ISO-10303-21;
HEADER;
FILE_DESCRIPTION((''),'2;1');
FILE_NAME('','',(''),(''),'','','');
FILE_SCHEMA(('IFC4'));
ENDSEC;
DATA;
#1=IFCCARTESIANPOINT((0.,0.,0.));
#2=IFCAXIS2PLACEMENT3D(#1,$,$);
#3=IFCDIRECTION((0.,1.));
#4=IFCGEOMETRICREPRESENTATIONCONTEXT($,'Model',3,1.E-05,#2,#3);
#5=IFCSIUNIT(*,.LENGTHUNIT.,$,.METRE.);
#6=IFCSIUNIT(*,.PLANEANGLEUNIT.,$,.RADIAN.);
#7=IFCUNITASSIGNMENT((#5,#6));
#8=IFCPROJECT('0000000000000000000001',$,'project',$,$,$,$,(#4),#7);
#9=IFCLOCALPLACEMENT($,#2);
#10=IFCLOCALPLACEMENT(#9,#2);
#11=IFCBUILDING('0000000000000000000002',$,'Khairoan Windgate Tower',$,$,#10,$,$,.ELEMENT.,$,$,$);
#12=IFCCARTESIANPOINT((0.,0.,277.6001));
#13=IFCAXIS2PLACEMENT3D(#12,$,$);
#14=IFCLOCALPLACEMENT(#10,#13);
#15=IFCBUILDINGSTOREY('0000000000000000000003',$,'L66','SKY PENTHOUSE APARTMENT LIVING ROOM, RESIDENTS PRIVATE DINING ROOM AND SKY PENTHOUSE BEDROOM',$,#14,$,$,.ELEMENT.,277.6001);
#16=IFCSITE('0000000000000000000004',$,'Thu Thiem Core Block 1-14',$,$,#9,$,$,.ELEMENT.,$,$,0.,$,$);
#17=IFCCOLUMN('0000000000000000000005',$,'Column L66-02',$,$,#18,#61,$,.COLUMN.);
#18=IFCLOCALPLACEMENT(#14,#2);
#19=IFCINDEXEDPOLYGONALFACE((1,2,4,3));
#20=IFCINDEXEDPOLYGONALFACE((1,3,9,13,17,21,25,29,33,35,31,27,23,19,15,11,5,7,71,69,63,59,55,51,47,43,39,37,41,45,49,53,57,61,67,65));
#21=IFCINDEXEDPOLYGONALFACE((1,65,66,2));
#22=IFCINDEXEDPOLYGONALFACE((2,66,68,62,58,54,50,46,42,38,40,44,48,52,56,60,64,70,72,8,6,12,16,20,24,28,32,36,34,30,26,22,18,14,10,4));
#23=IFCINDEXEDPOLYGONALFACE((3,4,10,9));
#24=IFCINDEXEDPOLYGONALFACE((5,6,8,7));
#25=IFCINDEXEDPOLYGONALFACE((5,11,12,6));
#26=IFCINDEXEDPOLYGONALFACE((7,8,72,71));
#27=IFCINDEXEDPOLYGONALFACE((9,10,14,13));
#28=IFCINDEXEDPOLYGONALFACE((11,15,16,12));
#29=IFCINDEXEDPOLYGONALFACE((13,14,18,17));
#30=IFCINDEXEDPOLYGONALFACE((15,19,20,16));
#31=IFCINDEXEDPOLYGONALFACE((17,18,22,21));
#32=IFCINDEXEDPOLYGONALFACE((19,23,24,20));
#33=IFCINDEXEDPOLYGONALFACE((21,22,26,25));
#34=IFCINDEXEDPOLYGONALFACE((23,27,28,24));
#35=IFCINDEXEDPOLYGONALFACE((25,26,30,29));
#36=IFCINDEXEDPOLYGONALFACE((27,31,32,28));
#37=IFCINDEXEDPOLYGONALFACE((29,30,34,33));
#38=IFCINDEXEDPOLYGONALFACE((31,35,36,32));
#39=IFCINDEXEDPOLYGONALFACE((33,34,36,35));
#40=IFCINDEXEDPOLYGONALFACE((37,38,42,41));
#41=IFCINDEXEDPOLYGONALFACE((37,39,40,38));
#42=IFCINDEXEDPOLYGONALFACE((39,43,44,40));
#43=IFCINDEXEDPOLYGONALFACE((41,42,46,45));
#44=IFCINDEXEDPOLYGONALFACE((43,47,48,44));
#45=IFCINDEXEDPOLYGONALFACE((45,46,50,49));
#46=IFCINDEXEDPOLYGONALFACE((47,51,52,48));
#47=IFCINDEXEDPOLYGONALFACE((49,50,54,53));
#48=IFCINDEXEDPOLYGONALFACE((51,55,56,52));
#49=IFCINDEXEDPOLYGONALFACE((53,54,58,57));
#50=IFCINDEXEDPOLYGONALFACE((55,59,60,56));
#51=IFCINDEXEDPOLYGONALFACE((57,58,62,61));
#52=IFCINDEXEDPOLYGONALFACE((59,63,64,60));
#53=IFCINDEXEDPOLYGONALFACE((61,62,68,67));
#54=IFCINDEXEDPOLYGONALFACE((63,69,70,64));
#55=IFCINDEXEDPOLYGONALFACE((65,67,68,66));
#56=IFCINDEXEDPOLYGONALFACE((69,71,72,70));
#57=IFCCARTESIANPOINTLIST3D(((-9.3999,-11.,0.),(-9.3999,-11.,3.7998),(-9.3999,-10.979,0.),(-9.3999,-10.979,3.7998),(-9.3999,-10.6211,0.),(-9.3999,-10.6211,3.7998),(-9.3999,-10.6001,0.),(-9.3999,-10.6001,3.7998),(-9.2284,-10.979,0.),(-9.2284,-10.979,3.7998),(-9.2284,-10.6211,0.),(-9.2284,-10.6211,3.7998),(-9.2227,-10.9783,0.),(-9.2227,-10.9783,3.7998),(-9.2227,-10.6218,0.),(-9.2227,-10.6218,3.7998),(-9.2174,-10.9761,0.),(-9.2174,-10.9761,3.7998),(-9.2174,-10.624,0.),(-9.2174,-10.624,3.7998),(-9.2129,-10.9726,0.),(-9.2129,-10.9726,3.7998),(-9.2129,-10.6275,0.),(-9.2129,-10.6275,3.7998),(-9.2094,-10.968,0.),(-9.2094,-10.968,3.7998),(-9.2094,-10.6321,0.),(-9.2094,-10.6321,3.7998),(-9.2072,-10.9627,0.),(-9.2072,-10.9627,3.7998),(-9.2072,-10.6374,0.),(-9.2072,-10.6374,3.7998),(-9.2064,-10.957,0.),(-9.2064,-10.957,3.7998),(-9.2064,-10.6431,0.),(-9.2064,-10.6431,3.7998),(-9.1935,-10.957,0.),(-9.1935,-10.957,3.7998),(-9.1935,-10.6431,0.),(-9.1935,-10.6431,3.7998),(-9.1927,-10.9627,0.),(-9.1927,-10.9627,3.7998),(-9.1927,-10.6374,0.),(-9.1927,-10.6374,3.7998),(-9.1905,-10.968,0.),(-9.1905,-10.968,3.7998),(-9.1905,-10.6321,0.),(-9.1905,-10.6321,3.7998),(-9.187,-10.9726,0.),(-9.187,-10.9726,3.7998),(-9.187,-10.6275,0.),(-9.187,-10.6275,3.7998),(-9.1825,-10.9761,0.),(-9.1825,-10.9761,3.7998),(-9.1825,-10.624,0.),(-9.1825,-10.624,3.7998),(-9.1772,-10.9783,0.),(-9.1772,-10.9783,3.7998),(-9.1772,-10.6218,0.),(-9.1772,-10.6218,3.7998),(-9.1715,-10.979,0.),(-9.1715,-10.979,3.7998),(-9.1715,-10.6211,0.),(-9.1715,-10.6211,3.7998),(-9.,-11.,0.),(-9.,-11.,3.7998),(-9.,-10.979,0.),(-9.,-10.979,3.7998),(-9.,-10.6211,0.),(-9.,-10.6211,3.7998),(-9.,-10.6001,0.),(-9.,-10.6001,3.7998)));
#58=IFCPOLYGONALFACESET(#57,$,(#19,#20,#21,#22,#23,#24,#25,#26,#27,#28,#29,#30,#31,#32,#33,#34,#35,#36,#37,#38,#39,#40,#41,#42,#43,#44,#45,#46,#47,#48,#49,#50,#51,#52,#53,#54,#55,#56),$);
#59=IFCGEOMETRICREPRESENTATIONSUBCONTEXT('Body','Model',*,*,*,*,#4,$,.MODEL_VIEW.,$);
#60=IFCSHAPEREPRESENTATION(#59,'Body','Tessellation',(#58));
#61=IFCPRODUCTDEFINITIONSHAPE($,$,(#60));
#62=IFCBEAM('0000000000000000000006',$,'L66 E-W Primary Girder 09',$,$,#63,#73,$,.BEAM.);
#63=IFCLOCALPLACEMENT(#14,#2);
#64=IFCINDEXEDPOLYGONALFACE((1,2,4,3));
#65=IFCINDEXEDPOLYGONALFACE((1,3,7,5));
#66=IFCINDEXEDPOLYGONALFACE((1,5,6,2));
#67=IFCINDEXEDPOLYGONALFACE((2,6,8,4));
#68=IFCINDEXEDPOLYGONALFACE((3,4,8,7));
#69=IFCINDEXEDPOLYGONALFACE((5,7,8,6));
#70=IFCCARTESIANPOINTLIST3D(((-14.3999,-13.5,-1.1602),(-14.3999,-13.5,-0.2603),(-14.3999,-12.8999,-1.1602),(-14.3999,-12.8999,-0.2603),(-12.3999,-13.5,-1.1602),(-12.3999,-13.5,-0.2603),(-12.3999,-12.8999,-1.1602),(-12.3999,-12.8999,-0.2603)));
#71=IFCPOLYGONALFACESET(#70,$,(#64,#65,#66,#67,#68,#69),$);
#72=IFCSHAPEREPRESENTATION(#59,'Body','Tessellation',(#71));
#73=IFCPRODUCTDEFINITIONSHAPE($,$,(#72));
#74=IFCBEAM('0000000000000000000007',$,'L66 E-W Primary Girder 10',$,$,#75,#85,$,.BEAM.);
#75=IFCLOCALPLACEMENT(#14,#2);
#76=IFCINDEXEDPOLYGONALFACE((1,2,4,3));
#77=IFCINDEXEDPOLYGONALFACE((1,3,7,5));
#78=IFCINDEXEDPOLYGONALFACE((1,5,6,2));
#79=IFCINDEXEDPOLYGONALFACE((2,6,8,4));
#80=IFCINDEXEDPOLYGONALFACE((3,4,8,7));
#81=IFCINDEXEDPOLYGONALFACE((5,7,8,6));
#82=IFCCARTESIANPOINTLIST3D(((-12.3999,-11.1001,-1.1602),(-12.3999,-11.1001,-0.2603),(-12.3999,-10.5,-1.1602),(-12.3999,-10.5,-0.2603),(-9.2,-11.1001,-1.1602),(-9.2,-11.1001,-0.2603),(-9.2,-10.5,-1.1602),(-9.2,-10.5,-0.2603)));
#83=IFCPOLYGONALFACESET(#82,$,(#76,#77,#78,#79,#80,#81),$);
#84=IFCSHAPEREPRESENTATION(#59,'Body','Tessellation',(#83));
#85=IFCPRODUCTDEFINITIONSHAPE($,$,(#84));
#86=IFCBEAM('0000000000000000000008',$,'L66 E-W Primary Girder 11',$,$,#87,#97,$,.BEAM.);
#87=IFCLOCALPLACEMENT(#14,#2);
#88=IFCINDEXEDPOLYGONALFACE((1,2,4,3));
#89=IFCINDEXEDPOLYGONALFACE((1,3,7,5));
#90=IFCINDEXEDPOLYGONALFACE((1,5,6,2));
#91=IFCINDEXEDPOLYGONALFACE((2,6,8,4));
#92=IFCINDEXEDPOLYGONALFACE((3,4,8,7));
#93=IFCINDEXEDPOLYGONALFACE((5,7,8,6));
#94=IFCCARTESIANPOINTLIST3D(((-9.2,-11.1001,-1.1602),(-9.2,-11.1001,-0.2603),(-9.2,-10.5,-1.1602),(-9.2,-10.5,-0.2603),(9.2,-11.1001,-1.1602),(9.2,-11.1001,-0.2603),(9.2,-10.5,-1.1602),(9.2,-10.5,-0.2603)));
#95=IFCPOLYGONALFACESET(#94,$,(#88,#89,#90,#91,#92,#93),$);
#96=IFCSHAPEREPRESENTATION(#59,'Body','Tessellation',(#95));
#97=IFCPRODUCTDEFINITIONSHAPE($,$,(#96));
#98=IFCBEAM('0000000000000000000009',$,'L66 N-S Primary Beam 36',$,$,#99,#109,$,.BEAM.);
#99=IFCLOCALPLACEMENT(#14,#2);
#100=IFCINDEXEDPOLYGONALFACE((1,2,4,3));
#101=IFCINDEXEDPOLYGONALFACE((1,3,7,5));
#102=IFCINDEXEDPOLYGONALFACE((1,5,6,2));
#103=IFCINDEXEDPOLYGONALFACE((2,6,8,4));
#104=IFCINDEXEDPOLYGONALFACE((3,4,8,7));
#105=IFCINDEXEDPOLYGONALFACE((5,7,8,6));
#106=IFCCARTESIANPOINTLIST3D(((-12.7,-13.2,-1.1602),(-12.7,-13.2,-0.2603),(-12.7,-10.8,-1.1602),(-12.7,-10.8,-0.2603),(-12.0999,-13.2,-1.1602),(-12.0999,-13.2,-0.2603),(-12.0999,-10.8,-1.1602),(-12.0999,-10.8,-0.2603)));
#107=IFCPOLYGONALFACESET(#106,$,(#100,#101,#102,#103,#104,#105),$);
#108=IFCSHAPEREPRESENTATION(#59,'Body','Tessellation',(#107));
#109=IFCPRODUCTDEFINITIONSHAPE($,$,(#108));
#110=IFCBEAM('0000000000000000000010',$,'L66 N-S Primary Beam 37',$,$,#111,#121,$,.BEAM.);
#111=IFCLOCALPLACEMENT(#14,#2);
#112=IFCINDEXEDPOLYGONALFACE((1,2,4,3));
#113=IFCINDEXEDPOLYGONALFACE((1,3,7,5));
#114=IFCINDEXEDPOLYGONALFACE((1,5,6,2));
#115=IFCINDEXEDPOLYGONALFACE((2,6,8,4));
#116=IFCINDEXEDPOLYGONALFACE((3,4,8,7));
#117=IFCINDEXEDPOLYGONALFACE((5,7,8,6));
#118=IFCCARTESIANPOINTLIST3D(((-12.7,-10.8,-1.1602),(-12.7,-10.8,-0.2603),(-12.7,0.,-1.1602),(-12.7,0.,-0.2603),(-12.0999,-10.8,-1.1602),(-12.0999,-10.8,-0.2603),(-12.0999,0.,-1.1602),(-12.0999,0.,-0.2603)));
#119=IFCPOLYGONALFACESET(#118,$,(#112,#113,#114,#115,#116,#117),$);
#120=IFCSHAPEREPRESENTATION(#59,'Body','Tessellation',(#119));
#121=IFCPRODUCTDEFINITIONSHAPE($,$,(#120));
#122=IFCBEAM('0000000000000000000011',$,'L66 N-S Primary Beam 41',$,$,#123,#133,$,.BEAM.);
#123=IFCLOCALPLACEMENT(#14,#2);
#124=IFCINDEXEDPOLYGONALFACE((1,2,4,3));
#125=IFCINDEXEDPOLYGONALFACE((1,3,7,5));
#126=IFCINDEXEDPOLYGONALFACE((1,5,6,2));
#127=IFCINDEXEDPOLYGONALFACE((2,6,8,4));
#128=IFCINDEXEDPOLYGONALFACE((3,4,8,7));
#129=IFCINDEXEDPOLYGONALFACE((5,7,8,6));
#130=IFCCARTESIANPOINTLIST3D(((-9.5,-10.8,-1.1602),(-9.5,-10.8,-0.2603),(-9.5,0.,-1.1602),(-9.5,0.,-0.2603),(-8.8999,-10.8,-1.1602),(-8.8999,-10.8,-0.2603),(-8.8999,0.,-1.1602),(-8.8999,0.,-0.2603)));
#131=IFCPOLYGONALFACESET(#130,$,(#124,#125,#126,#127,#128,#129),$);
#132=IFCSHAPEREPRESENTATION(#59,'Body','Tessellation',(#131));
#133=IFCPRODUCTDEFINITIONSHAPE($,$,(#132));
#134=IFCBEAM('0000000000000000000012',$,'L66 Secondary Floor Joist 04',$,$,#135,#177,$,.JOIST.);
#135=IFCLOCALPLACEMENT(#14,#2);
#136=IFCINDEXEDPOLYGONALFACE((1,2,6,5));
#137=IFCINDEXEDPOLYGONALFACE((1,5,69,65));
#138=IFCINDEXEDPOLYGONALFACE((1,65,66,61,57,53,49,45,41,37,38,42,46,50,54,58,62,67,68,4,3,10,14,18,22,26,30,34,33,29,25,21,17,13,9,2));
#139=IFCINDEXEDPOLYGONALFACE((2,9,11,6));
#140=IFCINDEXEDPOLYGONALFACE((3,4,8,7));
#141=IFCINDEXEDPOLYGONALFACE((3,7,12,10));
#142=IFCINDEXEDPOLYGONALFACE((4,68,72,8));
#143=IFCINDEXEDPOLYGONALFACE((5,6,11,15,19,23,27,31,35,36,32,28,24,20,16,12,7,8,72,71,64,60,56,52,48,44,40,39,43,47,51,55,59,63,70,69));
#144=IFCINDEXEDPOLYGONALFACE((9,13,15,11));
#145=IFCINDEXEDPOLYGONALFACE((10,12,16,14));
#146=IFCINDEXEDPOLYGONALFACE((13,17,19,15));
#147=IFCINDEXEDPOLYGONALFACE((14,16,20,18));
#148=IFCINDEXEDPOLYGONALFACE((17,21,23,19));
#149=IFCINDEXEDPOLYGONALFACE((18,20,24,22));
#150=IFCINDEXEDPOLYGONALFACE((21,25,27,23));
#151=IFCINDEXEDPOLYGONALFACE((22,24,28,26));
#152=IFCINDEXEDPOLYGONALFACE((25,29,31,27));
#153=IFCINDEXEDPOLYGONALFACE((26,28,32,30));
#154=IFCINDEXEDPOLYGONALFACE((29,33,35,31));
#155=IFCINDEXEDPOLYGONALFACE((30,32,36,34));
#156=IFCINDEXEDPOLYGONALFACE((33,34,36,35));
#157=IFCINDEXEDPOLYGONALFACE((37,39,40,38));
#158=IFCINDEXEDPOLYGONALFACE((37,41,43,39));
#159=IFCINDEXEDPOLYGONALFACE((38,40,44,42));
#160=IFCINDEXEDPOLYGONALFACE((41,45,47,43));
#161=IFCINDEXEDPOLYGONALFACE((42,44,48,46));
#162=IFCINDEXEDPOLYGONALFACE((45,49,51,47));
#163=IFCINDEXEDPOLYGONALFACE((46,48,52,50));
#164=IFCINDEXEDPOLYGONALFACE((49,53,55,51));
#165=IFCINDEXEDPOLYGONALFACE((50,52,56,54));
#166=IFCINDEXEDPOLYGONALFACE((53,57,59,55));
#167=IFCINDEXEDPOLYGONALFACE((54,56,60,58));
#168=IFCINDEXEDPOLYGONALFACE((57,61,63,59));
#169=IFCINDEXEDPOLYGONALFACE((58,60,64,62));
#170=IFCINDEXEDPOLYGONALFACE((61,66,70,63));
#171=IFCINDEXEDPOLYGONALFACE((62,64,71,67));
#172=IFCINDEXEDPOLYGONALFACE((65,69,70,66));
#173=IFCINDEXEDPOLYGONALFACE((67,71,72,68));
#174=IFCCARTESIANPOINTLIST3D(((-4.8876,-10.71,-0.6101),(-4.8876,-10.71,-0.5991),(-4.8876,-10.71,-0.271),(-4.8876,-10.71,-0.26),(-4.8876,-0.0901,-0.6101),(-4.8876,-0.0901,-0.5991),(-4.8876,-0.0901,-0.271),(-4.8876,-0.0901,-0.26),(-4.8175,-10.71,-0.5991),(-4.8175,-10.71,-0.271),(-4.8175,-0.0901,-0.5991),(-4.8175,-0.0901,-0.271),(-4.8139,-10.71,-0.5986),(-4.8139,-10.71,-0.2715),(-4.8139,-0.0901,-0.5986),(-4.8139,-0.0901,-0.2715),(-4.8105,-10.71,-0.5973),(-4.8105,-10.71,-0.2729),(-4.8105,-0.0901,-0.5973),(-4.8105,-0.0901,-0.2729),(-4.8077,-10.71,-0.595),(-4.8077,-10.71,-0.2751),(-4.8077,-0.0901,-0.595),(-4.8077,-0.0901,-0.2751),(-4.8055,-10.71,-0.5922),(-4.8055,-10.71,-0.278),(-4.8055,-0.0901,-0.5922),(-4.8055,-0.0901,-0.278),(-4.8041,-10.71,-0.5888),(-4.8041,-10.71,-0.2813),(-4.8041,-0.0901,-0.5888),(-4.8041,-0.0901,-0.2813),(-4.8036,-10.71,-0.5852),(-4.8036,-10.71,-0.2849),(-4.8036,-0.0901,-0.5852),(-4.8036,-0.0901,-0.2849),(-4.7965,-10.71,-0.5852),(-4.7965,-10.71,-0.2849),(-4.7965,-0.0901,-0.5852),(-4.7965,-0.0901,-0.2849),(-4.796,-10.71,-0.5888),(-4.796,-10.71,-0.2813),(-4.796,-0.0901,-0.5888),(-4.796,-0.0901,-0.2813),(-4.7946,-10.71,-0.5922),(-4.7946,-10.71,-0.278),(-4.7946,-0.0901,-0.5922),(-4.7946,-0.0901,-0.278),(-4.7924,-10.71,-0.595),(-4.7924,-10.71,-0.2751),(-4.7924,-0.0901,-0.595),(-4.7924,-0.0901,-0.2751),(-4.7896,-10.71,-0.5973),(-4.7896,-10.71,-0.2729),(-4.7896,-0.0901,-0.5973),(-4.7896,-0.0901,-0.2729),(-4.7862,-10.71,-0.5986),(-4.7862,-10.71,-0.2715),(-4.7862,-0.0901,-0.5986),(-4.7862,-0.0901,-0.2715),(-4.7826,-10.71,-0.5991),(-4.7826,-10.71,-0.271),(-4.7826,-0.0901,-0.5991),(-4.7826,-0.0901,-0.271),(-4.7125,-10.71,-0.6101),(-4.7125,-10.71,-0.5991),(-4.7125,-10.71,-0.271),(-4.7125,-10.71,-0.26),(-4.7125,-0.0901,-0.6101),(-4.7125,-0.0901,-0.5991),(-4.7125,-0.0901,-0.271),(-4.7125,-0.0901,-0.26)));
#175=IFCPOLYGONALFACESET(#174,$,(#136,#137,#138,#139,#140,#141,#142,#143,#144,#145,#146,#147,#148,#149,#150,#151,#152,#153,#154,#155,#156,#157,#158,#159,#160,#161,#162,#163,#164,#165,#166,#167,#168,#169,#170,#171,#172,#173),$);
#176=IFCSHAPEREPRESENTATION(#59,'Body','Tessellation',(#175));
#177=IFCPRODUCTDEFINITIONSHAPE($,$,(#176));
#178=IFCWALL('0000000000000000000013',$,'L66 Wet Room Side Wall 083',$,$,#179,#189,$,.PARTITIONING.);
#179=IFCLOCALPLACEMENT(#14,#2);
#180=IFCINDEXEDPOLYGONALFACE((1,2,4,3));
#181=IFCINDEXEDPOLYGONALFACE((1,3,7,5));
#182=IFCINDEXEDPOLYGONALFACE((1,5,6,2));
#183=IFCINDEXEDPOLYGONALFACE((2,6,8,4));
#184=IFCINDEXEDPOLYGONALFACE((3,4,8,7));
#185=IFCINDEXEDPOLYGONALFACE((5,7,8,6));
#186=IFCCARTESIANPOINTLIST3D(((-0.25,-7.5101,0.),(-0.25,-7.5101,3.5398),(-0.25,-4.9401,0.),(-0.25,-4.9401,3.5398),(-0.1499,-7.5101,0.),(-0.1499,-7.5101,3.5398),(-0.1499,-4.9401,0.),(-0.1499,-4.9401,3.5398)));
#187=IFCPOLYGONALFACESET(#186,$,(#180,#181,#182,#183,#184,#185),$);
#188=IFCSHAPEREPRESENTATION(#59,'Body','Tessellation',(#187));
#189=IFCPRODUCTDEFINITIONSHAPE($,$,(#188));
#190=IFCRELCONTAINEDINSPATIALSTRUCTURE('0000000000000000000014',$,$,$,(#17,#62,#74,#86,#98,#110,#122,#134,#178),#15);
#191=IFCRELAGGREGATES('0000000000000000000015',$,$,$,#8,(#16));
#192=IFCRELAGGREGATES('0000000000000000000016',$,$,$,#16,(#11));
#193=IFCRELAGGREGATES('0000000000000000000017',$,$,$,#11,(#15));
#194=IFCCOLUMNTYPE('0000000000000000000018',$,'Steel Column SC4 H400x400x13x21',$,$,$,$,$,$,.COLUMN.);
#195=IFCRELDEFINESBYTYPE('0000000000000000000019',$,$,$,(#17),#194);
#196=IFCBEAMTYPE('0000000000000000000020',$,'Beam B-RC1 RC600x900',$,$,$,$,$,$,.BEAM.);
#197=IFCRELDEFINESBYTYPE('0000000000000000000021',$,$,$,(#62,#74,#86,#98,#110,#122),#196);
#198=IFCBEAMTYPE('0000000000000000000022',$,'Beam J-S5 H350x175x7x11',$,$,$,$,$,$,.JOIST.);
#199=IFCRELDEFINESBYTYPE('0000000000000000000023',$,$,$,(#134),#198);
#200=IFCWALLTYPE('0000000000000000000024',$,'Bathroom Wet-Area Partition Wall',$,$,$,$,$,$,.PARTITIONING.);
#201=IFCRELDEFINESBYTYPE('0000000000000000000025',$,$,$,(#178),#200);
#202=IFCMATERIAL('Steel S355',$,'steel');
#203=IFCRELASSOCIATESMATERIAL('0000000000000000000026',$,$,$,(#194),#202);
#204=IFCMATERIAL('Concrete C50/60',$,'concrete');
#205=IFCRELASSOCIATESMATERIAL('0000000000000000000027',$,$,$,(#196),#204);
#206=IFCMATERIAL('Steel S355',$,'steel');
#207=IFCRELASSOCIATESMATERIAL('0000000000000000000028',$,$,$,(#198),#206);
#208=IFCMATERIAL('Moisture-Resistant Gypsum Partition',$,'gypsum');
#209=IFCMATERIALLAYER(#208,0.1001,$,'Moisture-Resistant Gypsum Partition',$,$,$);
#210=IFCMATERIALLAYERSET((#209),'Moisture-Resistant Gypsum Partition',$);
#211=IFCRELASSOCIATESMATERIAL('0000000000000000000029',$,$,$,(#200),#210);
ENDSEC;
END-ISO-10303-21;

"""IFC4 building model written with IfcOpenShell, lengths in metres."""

from ifc_helpers import new_model, si_unit, direction, frame, frame_2d, origin, origin_2d, place, context, subcontext, project, spatial, rectangle, i_section, extrude, material, layer, layer_set, material_profile, profile_set, type_object, element, save


model = new_model("IFC4")

# Units and contexts
model_context = context("Model", 3, precision=1e-05, world=origin(), true_north=direction((0.0, 1.0)))
body_context = subcontext(model_context, "Body", "Model", "MODEL_VIEW")
ifc_project = project(units=[si_unit("LENGTHUNIT", "METRE"), si_unit("PLANEANGLEUNIT", "RADIAN")], contexts=[model_context])

# Site, building, storey
site_placement = place(None, origin())
site = spatial("IfcSite", under=ifc_project, at=site_placement, Name="Thu Thiem Core Block 1-14", CompositionType="ELEMENT", RefElevation=0.0)
building_placement = place(site_placement, origin())
building = spatial("IfcBuilding", under=site, at=building_placement, Name="Khairoan Windgate Tower", CompositionType="ELEMENT")
storey_placement = place(building_placement, frame((0.0, 0.0, 277.6001)))
storey = spatial("IfcBuildingStorey", under=building, at=storey_placement, Name="L66", Description="SKY PENTHOUSE APARTMENT LIVING ROOM, RESIDENTS PRIVATE DINING ROOM AND SKY PENTHOUSE BEDROOM", CompositionType="ELEMENT", Elevation=277.6001)

# Column
ifc_material_1 = material(Name="Steel S355", Category="steel")
ifc_material_profile_1 = material_profile(ifc_material_1, i_section(OverallWidth=0.3999, OverallDepth=0.3999, WebThickness=0.0129, FlangeThickness=0.021, FilletRadius=0.022, at=origin_2d()))
ifc_profile_set_1 = profile_set([ifc_material_profile_1], Name="Steel S355")
column_type = type_object("IfcColumnType", Name="Steel Column SC4 H400x400x13x21", PredefinedType="COLUMN", material=ifc_profile_set_1)
column_placement = place(storey_placement, frame((-9.2, -10.8, 0.0), z_axis=(0.0, 0.0, 1.0), x_axis=(1.0, 0.0, 0.0)))
element("IfcColumn", 1, at=column_placement, inside=storey, type_object=column_type, Name="Column L66-02", PredefinedType="COLUMN", context=body_context, shape_type="SweptSolid", body=[
    extrude(i_section(OverallWidth=0.3999, OverallDepth=0.3999, WebThickness=0.0129, FlangeThickness=0.021, FilletRadius=0.022, at=origin_2d()), origin(), (0.0, 0.0, 1.0), 3.7998),
])

# Beams
ifc_material_2 = material(Name="Concrete C50/60", Category="concrete")
ifc_material_profile_2 = material_profile(ifc_material_2, rectangle(XDim=0.6001, YDim=0.8999, at=origin_2d()))
ifc_profile_set_2 = profile_set([ifc_material_profile_2], Name="Concrete C50/60")
beam_type_1 = type_object("IfcBeamType", Name="Beam B-RC1 RC600x900", PredefinedType="BEAM", material=ifc_profile_set_2)
beam_1_placement = place(storey_placement, frame((-14.3999, -13.2, -0.7102), z_axis=(1.0, 0.0, 0.0), x_axis=(0.0, 1.0, 0.0)))
element("IfcBeam", 2, at=beam_1_placement, inside=storey, type_object=beam_type_1, Name="L66 E-W Primary Girder 09", PredefinedType="BEAM", context=body_context, shape_type="SweptSolid", body=[
    extrude(rectangle(XDim=0.6001, YDim=0.8999, at=origin_2d()), origin(), (0.0, 0.0, 1.0), 2.0),
])
beam_2_placement = place(storey_placement, frame((-12.3999, -10.8, -0.7102), z_axis=(1.0, 0.0, 0.0), x_axis=(0.0, 1.0, 0.0)))
element("IfcBeam", 3, at=beam_2_placement, inside=storey, type_object=beam_type_1, Name="L66 E-W Primary Girder 10", PredefinedType="BEAM", context=body_context, shape_type="SweptSolid", body=[
    extrude(rectangle(XDim=0.6001, YDim=0.8999, at=origin_2d()), origin(), (0.0, 0.0, 1.0), 3.2),
])
beam_3_placement = place(storey_placement, frame((-9.2, -10.8, -0.7102), z_axis=(1.0, 0.0, 0.0), x_axis=(0.0, 1.0, 0.0)))
element("IfcBeam", 4, at=beam_3_placement, inside=storey, type_object=beam_type_1, Name="L66 E-W Primary Girder 11", PredefinedType="BEAM", context=body_context, shape_type="SweptSolid", body=[
    extrude(rectangle(XDim=0.6001, YDim=0.8999, at=origin_2d()), origin(), (0.0, 0.0, 1.0), 18.3999),
])
beam_4_placement = place(storey_placement, frame((-12.3999, -13.2, -0.7102), z_axis=(0.0, 1.0, 0.0), x_axis=(-1.0, 0.0, 0.0)))
element("IfcBeam", 5, at=beam_4_placement, inside=storey, type_object=beam_type_1, Name="L66 N-S Primary Beam 36", PredefinedType="BEAM", context=body_context, shape_type="SweptSolid", body=[
    extrude(rectangle(XDim=0.6001, YDim=0.8999, at=origin_2d()), origin(), (0.0, 0.0, 1.0), 2.3999),
])
for number, where, z_axis, x_axis, name in (
    (6, (-12.3999, -10.8, -0.7102), (0.0, 1.0, 0.0), (-1.0, 0.0, 0.0), "L66 N-S Primary Beam 37"),
    (7, (-9.2, -10.8, -0.7102), (0.0, 1.0, 0.0), (-1.0, 0.0, 0.0), "L66 N-S Primary Beam 41"),
):
    element("IfcBeam", number, at=place(storey_placement, frame(where, z_axis=z_axis, x_axis=x_axis)), inside=storey, type_object=beam_type_1, Name=name, PredefinedType="BEAM", context=body_context, shape_type="SweptSolid", body=[
        extrude(rectangle(XDim=0.6001, YDim=0.8999, at=origin_2d()), origin(), (0.0, 0.0, 1.0), 10.8),
    ])
ifc_material_3 = material(Name="Steel S355", Category="steel")
ifc_material_profile_3 = material_profile(ifc_material_3, i_section(OverallWidth=0.175, OverallDepth=0.3501, WebThickness=0.0071, FlangeThickness=0.011, FilletRadius=0.0139, at=origin_2d()))
ifc_profile_set_3 = profile_set([ifc_material_profile_3], Name="Steel S355")
beam_type_2 = type_object("IfcBeamType", Name="Beam J-S5 H350x175x7x11", PredefinedType="JOIST", material=ifc_profile_set_3)
beam_5_placement = place(storey_placement, frame((-4.8, -10.71, -0.4351), z_axis=(0.0, 1.0, 0.0), x_axis=(-1.0, 0.0, 0.0)))
element("IfcBeam", 8, at=beam_5_placement, inside=storey, type_object=beam_type_2, Name="L66 Secondary Floor Joist 04", PredefinedType="JOIST", context=body_context, shape_type="SweptSolid", body=[
    extrude(i_section(OverallWidth=0.175, OverallDepth=0.3501, WebThickness=0.0071, FlangeThickness=0.011, FilletRadius=0.0139, at=origin_2d()), origin(), (0.0, 0.0, 1.0), 10.6199),
])

# Wall
ifc_material_4 = material(Name="Moisture-Resistant Gypsum Partition", Category="gypsum")
ifc_layer_1 = layer(ifc_material_4, 0.1001, Name="Moisture-Resistant Gypsum Partition")
ifc_layer_set_1 = layer_set([ifc_layer_1], Name="Moisture-Resistant Gypsum Partition")
wall_type_1 = type_object("IfcWallType", Name="Bathroom Wet-Area Partition Wall", PredefinedType="PARTITIONING", material=ifc_layer_set_1)
for number, where, z_axis, x_axis, name in (
    (9, (-0.2, -4.9399, 0.0), (0.0, 0.0, 1.0), (0.0, -1.0, 0.0), "L66 Wet Room Side Wall 083"),
):
    element("IfcWall", number, at=place(storey_placement, frame(where, z_axis=z_axis, x_axis=x_axis)), inside=storey, type_object=wall_type_1, Name=name, PredefinedType="PARTITIONING", context=body_context, shape_type="SweptSolid", body=[
        extrude(rectangle(XDim=2.5701, YDim=0.1001, at=frame_2d((1.2852, 0.0))), origin(), (0.0, 0.0, 1.0), 3.5398),
    ])

save(model, "model.ifc")
